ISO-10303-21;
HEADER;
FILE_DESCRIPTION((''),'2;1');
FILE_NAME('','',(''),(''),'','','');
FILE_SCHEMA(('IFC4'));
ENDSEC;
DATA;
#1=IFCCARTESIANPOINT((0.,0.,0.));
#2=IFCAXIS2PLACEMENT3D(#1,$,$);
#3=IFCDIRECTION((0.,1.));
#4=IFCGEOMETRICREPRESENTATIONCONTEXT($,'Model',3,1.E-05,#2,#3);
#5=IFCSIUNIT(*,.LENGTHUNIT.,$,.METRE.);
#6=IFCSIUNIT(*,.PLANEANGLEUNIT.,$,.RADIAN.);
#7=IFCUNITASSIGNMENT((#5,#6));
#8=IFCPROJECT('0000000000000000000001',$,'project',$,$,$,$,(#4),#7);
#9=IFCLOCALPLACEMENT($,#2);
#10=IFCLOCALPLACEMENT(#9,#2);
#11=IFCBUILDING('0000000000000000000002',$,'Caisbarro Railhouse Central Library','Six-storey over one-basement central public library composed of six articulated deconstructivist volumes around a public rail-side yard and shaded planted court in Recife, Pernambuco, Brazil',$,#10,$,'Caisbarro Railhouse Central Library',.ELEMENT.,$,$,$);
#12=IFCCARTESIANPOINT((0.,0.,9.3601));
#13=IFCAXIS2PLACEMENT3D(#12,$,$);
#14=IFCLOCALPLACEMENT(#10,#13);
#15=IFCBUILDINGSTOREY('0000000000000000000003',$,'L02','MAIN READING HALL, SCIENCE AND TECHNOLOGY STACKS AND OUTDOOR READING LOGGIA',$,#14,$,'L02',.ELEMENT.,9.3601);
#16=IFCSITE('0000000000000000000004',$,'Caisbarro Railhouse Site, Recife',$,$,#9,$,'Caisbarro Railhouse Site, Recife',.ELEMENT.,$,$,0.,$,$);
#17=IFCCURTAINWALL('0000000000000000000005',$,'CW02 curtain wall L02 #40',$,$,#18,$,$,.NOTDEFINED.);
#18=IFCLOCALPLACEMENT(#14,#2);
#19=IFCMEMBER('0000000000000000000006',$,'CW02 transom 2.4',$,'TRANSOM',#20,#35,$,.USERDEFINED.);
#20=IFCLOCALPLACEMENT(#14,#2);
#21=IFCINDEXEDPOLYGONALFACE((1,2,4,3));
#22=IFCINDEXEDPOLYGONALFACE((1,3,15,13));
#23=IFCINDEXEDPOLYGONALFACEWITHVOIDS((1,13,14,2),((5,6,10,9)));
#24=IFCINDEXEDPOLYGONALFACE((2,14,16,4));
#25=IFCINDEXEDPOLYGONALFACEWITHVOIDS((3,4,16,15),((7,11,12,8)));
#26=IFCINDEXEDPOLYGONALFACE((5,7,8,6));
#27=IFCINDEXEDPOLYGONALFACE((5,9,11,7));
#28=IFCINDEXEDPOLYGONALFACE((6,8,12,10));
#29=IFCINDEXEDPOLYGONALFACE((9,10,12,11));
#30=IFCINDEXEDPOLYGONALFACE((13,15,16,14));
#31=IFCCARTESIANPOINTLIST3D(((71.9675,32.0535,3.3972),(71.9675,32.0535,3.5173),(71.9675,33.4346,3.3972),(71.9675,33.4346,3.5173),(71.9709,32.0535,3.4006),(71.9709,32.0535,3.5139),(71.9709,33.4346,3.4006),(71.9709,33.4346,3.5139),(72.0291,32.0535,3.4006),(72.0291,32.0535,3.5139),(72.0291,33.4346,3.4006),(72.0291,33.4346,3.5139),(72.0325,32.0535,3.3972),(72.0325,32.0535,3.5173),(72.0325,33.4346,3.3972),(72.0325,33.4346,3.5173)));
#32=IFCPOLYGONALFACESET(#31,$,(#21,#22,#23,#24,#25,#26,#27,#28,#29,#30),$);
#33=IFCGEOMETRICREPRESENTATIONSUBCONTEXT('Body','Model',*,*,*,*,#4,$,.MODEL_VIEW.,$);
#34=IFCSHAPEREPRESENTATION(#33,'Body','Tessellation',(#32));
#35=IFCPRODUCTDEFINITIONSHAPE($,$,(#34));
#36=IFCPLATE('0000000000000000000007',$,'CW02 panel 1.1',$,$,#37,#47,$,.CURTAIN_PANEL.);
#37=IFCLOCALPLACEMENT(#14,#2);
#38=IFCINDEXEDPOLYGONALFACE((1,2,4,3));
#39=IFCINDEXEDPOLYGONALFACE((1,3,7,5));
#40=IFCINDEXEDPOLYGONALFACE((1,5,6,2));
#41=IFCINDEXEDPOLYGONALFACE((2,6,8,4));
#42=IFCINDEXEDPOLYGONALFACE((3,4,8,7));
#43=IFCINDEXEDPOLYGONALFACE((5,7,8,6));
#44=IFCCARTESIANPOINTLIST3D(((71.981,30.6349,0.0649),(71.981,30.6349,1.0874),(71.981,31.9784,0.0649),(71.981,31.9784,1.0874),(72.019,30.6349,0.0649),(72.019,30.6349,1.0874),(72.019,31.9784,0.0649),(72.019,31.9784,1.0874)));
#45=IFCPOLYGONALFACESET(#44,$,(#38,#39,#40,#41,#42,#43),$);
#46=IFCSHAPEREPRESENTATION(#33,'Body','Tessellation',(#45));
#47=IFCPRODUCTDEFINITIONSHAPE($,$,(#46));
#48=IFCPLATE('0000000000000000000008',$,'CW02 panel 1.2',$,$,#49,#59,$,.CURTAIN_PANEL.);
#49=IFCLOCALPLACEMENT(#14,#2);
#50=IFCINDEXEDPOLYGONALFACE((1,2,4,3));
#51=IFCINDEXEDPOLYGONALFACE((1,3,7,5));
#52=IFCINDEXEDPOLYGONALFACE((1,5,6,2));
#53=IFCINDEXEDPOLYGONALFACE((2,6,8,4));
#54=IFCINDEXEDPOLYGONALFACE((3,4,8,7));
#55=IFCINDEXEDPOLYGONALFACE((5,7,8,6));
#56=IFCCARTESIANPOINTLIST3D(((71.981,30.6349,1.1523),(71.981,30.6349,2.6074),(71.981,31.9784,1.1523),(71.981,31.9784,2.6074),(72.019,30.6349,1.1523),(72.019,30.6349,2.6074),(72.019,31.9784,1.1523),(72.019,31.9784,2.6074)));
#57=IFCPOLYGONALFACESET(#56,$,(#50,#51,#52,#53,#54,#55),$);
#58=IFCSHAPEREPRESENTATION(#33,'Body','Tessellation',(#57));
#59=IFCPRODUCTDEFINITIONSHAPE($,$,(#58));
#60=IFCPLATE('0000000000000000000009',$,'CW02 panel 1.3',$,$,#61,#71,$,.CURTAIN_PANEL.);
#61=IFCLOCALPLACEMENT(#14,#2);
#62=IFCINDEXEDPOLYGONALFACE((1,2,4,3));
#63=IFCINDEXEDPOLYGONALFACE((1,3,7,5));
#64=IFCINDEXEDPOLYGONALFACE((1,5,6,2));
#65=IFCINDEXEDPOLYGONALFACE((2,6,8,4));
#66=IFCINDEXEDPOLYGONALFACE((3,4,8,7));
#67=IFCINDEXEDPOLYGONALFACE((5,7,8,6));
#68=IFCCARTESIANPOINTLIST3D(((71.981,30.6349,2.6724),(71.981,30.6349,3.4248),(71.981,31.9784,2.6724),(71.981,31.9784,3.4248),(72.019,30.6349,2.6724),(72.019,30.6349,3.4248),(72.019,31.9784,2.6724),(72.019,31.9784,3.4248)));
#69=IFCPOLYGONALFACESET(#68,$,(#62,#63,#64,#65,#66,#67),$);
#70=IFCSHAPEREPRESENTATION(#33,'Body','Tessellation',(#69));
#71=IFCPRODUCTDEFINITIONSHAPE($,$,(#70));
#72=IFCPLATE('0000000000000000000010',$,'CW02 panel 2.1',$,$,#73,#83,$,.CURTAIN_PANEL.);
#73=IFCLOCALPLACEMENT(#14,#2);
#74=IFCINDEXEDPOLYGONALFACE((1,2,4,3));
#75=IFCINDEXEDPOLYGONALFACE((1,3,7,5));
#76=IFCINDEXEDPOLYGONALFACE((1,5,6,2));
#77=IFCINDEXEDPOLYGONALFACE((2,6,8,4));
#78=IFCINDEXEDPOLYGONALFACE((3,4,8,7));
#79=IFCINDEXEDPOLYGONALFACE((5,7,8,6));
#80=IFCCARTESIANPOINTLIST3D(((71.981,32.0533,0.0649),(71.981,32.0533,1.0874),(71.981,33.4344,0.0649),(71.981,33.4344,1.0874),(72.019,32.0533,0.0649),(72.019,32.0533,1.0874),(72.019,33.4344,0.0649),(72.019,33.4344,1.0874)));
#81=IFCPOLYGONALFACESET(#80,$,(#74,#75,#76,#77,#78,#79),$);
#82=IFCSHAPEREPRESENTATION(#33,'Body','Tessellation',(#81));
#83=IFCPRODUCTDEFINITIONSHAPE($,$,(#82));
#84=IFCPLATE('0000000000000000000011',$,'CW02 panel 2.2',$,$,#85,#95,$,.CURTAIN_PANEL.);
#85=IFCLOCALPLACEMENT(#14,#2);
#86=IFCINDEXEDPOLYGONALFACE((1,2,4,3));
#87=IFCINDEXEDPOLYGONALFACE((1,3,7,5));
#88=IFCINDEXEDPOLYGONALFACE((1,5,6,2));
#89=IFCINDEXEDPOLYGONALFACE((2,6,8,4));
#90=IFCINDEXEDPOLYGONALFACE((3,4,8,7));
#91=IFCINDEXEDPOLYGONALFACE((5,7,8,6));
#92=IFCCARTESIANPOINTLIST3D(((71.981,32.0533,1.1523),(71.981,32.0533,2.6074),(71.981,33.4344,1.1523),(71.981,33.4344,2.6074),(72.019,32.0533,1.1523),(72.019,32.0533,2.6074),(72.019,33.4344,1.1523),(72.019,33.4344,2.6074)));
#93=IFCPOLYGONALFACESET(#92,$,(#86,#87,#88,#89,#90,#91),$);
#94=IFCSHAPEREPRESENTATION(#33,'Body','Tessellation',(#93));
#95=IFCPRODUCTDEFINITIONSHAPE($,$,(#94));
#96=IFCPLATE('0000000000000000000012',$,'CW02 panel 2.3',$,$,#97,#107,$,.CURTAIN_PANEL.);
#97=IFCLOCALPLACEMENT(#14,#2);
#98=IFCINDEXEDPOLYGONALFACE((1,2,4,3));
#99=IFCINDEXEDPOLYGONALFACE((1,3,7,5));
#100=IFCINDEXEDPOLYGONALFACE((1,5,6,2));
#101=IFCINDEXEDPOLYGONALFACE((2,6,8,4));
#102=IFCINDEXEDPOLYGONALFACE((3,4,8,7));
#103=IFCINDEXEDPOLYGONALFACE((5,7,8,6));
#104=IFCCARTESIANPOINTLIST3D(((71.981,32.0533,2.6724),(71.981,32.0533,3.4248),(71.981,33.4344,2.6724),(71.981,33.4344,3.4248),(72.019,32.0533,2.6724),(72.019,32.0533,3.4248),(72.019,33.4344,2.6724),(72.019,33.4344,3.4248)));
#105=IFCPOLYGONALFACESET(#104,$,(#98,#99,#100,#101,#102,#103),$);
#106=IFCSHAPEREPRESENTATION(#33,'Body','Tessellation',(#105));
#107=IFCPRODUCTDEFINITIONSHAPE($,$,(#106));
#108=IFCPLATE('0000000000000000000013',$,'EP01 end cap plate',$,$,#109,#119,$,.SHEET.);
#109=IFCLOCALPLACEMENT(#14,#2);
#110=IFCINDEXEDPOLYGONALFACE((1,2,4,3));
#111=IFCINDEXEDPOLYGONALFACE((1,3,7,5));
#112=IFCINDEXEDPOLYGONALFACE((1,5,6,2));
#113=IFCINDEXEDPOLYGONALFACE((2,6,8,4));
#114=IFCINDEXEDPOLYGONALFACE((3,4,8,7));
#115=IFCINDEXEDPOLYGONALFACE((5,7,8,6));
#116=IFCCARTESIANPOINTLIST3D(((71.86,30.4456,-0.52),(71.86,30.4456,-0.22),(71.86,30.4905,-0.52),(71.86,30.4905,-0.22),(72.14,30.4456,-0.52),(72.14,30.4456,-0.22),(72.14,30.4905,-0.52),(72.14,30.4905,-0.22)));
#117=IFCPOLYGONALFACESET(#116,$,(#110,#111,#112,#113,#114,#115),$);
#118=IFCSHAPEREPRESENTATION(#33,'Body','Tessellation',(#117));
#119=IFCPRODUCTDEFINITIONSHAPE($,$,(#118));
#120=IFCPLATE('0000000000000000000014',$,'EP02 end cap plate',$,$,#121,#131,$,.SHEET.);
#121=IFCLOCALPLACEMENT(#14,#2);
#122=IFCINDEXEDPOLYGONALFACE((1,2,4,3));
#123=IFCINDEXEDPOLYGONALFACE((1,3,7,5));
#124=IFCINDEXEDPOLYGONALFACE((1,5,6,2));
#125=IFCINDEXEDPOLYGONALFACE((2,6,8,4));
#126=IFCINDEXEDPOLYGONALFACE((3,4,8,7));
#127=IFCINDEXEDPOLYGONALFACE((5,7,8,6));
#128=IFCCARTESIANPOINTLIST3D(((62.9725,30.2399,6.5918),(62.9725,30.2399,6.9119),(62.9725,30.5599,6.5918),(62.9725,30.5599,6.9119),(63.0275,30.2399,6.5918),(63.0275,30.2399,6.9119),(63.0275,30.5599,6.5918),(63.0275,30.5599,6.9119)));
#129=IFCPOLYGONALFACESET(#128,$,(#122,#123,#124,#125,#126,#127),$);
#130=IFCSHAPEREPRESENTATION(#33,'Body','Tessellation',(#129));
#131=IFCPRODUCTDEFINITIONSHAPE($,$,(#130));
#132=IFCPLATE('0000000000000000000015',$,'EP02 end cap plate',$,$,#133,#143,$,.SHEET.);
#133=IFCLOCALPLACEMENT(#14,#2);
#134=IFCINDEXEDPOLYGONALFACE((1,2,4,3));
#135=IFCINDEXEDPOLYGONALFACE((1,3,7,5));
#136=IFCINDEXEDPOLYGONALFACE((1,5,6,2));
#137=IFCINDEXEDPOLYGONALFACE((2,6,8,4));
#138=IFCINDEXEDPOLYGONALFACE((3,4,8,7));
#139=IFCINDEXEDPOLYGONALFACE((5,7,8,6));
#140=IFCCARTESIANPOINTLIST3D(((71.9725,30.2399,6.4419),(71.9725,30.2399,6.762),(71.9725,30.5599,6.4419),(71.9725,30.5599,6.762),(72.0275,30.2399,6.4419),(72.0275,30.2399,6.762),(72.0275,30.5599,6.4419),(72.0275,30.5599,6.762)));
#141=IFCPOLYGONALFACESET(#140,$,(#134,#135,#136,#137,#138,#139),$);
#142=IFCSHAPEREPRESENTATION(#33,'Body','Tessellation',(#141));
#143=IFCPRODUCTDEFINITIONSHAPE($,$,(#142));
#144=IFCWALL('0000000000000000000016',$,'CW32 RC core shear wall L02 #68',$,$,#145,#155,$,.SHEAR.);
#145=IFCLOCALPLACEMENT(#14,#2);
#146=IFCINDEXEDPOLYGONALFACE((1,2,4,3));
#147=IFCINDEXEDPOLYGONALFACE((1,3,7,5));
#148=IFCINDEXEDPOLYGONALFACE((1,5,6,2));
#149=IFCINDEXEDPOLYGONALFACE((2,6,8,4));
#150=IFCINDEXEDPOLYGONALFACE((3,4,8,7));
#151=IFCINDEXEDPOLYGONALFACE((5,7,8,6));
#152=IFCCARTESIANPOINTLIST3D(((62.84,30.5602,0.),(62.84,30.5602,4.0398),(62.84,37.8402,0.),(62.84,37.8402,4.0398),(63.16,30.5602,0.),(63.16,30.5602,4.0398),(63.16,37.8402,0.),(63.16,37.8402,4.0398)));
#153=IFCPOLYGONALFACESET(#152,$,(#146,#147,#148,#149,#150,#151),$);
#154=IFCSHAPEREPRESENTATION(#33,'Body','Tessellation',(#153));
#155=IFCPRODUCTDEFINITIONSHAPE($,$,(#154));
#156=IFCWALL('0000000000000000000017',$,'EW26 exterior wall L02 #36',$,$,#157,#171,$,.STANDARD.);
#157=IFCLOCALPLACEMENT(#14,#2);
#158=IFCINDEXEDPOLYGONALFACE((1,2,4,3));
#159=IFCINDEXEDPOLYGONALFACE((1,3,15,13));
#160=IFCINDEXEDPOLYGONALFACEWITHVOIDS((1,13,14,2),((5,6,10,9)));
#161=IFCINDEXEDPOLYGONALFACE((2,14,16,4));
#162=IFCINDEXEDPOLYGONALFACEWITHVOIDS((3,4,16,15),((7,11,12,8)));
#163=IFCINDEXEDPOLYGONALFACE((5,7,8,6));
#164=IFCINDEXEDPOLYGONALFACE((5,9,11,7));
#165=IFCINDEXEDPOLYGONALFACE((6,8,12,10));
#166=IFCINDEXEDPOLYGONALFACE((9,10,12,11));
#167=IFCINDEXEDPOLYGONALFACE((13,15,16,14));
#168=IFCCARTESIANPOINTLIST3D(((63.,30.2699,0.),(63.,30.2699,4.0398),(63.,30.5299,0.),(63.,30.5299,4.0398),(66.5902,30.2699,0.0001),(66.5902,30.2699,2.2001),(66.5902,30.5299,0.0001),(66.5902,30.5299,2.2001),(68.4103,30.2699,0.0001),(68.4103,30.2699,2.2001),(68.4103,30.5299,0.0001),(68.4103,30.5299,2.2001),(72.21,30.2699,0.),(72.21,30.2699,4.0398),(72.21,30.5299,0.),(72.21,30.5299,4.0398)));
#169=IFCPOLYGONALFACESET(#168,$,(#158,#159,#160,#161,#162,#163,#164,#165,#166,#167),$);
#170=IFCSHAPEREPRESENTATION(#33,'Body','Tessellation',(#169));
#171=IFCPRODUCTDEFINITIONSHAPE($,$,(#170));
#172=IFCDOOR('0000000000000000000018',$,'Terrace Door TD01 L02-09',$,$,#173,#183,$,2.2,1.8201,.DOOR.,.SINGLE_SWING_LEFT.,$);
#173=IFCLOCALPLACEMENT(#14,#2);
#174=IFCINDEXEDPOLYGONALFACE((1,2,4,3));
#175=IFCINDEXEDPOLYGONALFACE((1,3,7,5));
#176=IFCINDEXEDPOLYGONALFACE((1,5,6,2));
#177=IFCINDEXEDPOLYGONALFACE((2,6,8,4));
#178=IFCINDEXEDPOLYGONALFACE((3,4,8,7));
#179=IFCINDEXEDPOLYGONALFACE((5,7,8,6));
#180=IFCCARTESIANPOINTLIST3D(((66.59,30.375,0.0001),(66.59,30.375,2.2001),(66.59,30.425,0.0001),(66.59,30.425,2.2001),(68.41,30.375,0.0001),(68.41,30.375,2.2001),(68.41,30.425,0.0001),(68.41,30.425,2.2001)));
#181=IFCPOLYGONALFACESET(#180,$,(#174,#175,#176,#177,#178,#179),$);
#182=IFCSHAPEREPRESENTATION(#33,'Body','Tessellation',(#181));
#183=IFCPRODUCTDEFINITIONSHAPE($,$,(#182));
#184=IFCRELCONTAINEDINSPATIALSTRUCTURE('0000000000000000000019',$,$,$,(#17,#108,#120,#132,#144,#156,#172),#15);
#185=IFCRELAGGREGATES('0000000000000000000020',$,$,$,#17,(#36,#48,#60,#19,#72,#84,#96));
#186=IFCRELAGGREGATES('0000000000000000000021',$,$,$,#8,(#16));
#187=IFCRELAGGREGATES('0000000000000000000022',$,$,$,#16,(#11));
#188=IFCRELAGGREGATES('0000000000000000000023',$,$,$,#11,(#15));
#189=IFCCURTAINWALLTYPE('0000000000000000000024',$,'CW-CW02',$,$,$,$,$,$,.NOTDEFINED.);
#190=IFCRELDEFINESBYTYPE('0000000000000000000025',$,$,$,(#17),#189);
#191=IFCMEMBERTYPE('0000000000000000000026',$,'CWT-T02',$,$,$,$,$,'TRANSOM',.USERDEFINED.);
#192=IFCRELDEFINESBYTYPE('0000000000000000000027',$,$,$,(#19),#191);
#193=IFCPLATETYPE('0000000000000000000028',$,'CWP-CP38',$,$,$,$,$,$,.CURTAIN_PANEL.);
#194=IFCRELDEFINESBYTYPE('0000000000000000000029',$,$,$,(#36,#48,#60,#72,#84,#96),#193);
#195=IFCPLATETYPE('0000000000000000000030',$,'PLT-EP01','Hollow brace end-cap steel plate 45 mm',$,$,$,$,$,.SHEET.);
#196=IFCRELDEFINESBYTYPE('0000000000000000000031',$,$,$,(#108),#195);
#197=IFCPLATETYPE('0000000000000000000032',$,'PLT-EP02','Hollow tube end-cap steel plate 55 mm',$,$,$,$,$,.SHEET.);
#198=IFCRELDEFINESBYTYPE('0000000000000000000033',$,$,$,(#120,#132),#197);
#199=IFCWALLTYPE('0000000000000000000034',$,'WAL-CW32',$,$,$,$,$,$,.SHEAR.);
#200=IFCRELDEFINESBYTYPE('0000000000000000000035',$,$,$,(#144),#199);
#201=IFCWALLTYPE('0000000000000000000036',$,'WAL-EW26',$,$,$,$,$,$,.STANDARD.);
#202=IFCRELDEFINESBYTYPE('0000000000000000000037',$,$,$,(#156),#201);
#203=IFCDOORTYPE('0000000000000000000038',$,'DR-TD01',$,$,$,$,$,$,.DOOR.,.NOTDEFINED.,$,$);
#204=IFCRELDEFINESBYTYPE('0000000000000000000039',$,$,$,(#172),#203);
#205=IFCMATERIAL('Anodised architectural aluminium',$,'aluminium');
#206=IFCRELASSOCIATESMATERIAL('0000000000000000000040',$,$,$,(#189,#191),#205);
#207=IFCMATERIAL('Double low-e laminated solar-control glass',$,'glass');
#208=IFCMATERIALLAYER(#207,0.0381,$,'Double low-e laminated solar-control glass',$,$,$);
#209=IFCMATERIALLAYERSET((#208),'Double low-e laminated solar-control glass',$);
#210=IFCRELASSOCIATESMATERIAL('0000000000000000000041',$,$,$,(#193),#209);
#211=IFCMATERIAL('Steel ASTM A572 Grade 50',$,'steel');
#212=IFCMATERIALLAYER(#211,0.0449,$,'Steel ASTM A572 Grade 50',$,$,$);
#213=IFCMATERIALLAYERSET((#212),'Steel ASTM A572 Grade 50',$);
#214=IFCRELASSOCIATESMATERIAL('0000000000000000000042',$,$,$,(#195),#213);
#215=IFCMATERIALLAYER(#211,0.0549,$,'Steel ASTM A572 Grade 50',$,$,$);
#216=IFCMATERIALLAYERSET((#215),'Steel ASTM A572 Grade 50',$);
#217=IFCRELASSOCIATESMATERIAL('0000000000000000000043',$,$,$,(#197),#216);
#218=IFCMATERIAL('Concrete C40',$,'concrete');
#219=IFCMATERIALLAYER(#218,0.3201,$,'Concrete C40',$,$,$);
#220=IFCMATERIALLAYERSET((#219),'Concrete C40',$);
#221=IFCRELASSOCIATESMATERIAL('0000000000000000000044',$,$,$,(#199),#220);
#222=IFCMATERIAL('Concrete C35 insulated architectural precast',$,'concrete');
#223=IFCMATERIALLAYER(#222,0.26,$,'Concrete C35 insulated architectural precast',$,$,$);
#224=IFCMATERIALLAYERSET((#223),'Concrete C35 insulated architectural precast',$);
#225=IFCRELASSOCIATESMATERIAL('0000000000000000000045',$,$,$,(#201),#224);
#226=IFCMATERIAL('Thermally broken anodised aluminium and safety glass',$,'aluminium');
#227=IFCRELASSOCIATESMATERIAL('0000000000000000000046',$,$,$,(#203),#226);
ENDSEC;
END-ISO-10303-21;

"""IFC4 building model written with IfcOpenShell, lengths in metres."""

from ifc_helpers import new_model, si_unit, direction, frame, frame_2d, origin, origin_2d, place, context, subcontext, project, spatial, rectangle, hollow_rectangle, extrude, material, layer, layer_set, material_profile, profile_set, type_object, element, fill, aggregate, save


model = new_model("IFC4")

# Units and contexts
model_context = context("Model", 3, precision=1e-05, world=origin(), true_north=direction((0.0, 1.0)))
body_context = subcontext(model_context, "Body", "Model", "MODEL_VIEW")
ifc_project = project(units=[si_unit("LENGTHUNIT", "METRE"), si_unit("PLANEANGLEUNIT", "RADIAN")], contexts=[model_context])

# Site, building, storey
site_placement = place(None, origin())
site = spatial("IfcSite", under=ifc_project, at=site_placement, Name="Caisbarro Railhouse Site, Recife", LongName="Caisbarro Railhouse Site, Recife", CompositionType="ELEMENT", RefElevation=0.0)
building_placement = place(site_placement, origin())
building = spatial("IfcBuilding", under=site, at=building_placement, Name="Caisbarro Railhouse Central Library", Description="Six-storey over one-basement central public library composed of six articulated deconstructivist volumes around a public rail-side yard and shaded planted court in Recife, Pernambuco, Brazil", LongName="Caisbarro Railhouse Central Library", CompositionType="ELEMENT")
storey_placement = place(building_placement, frame((0.0, 0.0, 9.3601)))
storey = spatial("IfcBuildingStorey", under=building, at=storey_placement, Name="L02", Description="MAIN READING HALL, SCIENCE AND TECHNOLOGY STACKS AND OUTDOOR READING LOGGIA", LongName="L02", CompositionType="ELEMENT", Elevation=9.3601)

# Shared definitions
ifc_material_1 = material(Name="Steel ASTM A572 Grade 50", Category="steel")

# Shared definitions
ifc_material_2 = material(Name="Concrete C40", Category="concrete")

# Curtain wall, member, plates
ifc_material_3 = material(Name="Anodised architectural aluminium", Category="aluminium")
curtain_wall_type = type_object("IfcCurtainWallType", Name="CW-CW02", PredefinedType="NOTDEFINED", material=ifc_material_3)
curtain_wall_placement = place(storey_placement, origin())
curtain_wall = element("IfcCurtainWall", 1, at=curtain_wall_placement, inside=storey, type_object=curtain_wall_type, Name="CW02 curtain wall L02 #40", PredefinedType="NOTDEFINED")
ifc_material_profile_1 = material_profile(ifc_material_3, hollow_rectangle(XDim=0.0649, YDim=0.1201, WallThickness=0.0034, at=origin_2d()), Name="ALU-TRN-65X120")
ifc_profile_set_1 = profile_set([ifc_material_profile_1], Name="Anodised architectural aluminium")
member_type_1 = type_object("IfcMemberType", Name="CWT-T02", ElementType="TRANSOM", PredefinedType="USERDEFINED", material=ifc_profile_set_1)
member_1_placement = place(storey_placement, frame((72.0, 32.0535, 3.4573), z_axis=(0.0, 1.0, 0.0), x_axis=(-1.0, 0.0, 0.0)))
member_1 = element("IfcMember", 2, at=member_1_placement, type_object=member_type_1, Name="CW02 transom 2.4", ObjectType="TRANSOM", PredefinedType="USERDEFINED", context=body_context, shape_type="SweptSolid", body=[
    extrude(hollow_rectangle(XDim=0.0649, YDim=0.1201, WallThickness=0.0034, at=origin_2d()), origin(), (0.0, 0.0, 1.0), 1.3811),
])
ifc_material_4 = material(Name="Double low-e laminated solar-control glass", Category="glass")
ifc_layer_1 = layer(ifc_material_4, 0.0381, Name="Double low-e laminated solar-control glass")
ifc_layer_set_1 = layer_set([ifc_layer_1], Name="Double low-e laminated solar-control glass")
plate_type_1 = type_object("IfcPlateType", Name="CWP-CP38", PredefinedType="CURTAIN_PANEL", material=ifc_layer_set_1)
plate_1_placement = place(storey_placement, frame((72.0, 31.3066, 0.0649), z_axis=(0.0, 0.0, 1.0), x_axis=(0.0, 1.0, 0.0)))
plate_1 = element("IfcPlate", 3, at=plate_1_placement, type_object=plate_type_1, Name="CW02 panel 1.1", PredefinedType="CURTAIN_PANEL", context=body_context, shape_type="SweptSolid", body=[
    extrude(rectangle(XDim=1.3435, YDim=0.0381, at=origin_2d()), origin(), (0.0, 0.0, 1.0), 1.0225),
])
plate_2_placement = place(storey_placement, frame((72.0, 31.3066, 1.1523), z_axis=(0.0, 0.0, 1.0), x_axis=(0.0, 1.0, 0.0)))
plate_2 = element("IfcPlate", 4, at=plate_2_placement, type_object=plate_type_1, Name="CW02 panel 1.2", PredefinedType="CURTAIN_PANEL", context=body_context, shape_type="SweptSolid", body=[
    extrude(rectangle(XDim=1.3435, YDim=0.0381, at=origin_2d()), origin(), (0.0, 0.0, 1.0), 1.4551),
])
plate_3_placement = place(storey_placement, frame((72.0, 31.3066, 2.6724), z_axis=(0.0, 0.0, 1.0), x_axis=(0.0, 1.0, 0.0)))
plate_3 = element("IfcPlate", 5, at=plate_3_placement, type_object=plate_type_1, Name="CW02 panel 1.3", PredefinedType="CURTAIN_PANEL", context=body_context, shape_type="SweptSolid", body=[
    extrude(rectangle(XDim=1.3435, YDim=0.0381, at=origin_2d()), origin(), (0.0, 0.0, 1.0), 0.7524),
])
plate_4_placement = place(storey_placement, frame((72.0, 32.7439, 0.0649), z_axis=(0.0, 0.0, 1.0), x_axis=(0.0, 1.0, 0.0)))
plate_4 = element("IfcPlate", 6, at=plate_4_placement, type_object=plate_type_1, Name="CW02 panel 2.1", PredefinedType="CURTAIN_PANEL", context=body_context, shape_type="SweptSolid", body=[
    extrude(rectangle(XDim=1.3811, YDim=0.0381, at=origin_2d()), origin(), (0.0, 0.0, 1.0), 1.0225),
])
plate_5_placement = place(storey_placement, frame((72.0, 32.7439, 1.1523), z_axis=(0.0, 0.0, 1.0), x_axis=(0.0, 1.0, 0.0)))
plate_5 = element("IfcPlate", 7, at=plate_5_placement, type_object=plate_type_1, Name="CW02 panel 2.2", PredefinedType="CURTAIN_PANEL", context=body_context, shape_type="SweptSolid", body=[
    extrude(rectangle(XDim=1.3811, YDim=0.0381, at=origin_2d()), origin(), (0.0, 0.0, 1.0), 1.4551),
])
plate_6_placement = place(storey_placement, frame((72.0, 32.7439, 2.6724), z_axis=(0.0, 0.0, 1.0), x_axis=(0.0, 1.0, 0.0)))
plate_6 = element("IfcPlate", 8, at=plate_6_placement, type_object=plate_type_1, Name="CW02 panel 2.3", PredefinedType="CURTAIN_PANEL", context=body_context, shape_type="SweptSolid", body=[
    extrude(rectangle(XDim=1.3811, YDim=0.0381, at=origin_2d()), origin(), (0.0, 0.0, 1.0), 0.7524),
])
aggregate(curtain_wall, [plate_1, plate_2, plate_3, member_1, plate_4, plate_5, plate_6])

# Plates
ifc_layer_2 = layer(ifc_material_1, 0.0449, Name="Steel ASTM A572 Grade 50")
ifc_layer_set_2 = layer_set([ifc_layer_2], Name="Steel ASTM A572 Grade 50")
plate_type_2 = type_object("IfcPlateType", Name="PLT-EP01", Description="Hollow brace end-cap steel plate 45 mm", PredefinedType="SHEET", material=ifc_layer_set_2)
plate_7_placement = place(storey_placement, frame((72.0, 30.468, -0.52), z_axis=(0.0, 0.0, 1.0), x_axis=(0.0, 1.0, 0.0)))
element("IfcPlate", 9, at=plate_7_placement, inside=storey, type_object=plate_type_2, Name="EP01 end cap plate", PredefinedType="SHEET", context=body_context, shape_type="SweptSolid", body=[
    extrude(rectangle(XDim=0.0449, YDim=0.28, at=origin_2d()), origin(), (0.0, 0.0, 1.0), 0.3),
])
ifc_layer_3 = layer(ifc_material_1, 0.0549, Name="Steel ASTM A572 Grade 50")
ifc_layer_set_3 = layer_set([ifc_layer_3], Name="Steel ASTM A572 Grade 50")
plate_type_3 = type_object("IfcPlateType", Name="PLT-EP02", Description="Hollow tube end-cap steel plate 55 mm", PredefinedType="SHEET", material=ifc_layer_set_3)
for number, where, z_axis, x_axis, name in (
    (10, (63.0, 30.3999, 6.5918), (0.0, 0.0, 1.0), (1.0, 0.0, 0.0), "EP02 end cap plate"),
    (11, (72.0, 30.3999, 6.4419), (0.0, 0.0, 1.0), (1.0, 0.0, 0.0), "EP02 end cap plate"),
):
    element("IfcPlate", number, at=place(storey_placement, frame(where, z_axis=z_axis, x_axis=x_axis)), inside=storey, type_object=plate_type_3, Name=name, PredefinedType="SHEET", context=body_context, shape_type="SweptSolid", body=[
        extrude(rectangle(XDim=0.0549, YDim=0.3201, at=origin_2d()), origin(), (0.0, 0.0, 1.0), 0.3201),
    ])

# Wall
ifc_layer_4 = layer(ifc_material_2, 0.3201, Name="Concrete C40")
ifc_layer_set_4 = layer_set([ifc_layer_4], Name="Concrete C40")
wall_type_1 = type_object("IfcWallType", Name="WAL-CW32", PredefinedType="SHEAR", material=ifc_layer_set_4)
wall_1_placement = place(storey_placement, frame((63.0, 30.5601, 0.0), z_axis=(0.0, 0.0, 1.0), x_axis=(0.0, 1.0, 0.0)))
element("IfcWall", 12, at=wall_1_placement, inside=storey, type_object=wall_type_1, Name="CW32 RC core shear wall L02 #68", PredefinedType="SHEAR", context=body_context, shape_type="SweptSolid", body=[
    extrude(rectangle(XDim=7.28, YDim=0.3201, at=frame_2d((3.6401, 0.0))), origin(), (0.0, 0.0, 1.0), 4.0398),
])

# Wall, opening, door
ifc_material_5 = material(Name="Concrete C35 insulated architectural precast", Category="concrete")
ifc_layer_5 = layer(ifc_material_5, 0.26, Name="Concrete C35 insulated architectural precast")
ifc_layer_set_5 = layer_set([ifc_layer_5], Name="Concrete C35 insulated architectural precast")
wall_type_2 = type_object("IfcWallType", Name="WAL-EW26", PredefinedType="STANDARD", material=ifc_layer_set_5)
wall_2_placement = place(storey_placement, frame((63.0, 30.3999, 0.0), z_axis=(0.0, 0.0, 1.0), x_axis=(1.0, 0.0, 0.0)))
wall_2 = element("IfcWall", 13, at=wall_2_placement, inside=storey, type_object=wall_type_2, Name="EW26 exterior wall L02 #36", PredefinedType="STANDARD", context=body_context, shape_type="SweptSolid", body=[
    extrude(rectangle(XDim=9.21, YDim=0.26, at=frame_2d((4.605, 0.0))), origin(), (0.0, 0.0, 1.0), 4.0398),
])
opening_1_placement = place(wall_2_placement, frame((3.5901, 0.0, 0.0)))
opening_1 = element("IfcOpeningElement", 14, at=opening_1_placement, cuts=wall_2, PredefinedType="OPENING", context=body_context, shape_type="SweptSolid", body=[
    extrude(rectangle(XDim=1.8201, YDim=2.2, at=frame_2d((0.9102, 1.1001))), frame((0.0, 0.1401, 0.0), z_axis=(0.0, -1.0, 0.0), x_axis=(1.0, 0.0, 0.0)), (0.0, 0.0, 1.0), 0.28),
])
ifc_material_6 = material(Name="Thermally broken anodised aluminium and safety glass", Category="aluminium")
door_type_1 = type_object("IfcDoorType", Name="DR-TD01", OperationType="NOTDEFINED", PredefinedType="DOOR", material=ifc_material_6)
door_1_placement = place(opening_1_placement, frame((1.8201, 0.0, 0.0), z_axis=(0.0, 0.0, 1.0), x_axis=(-1.0, 0.0, 0.0)))
door_1 = element("IfcDoor", 15, at=door_1_placement, inside=storey, type_object=door_type_1, Name="Terrace Door TD01 L02-09", OperationType="SINGLE_SWING_LEFT", OverallHeight=2.2, OverallWidth=1.8201, PredefinedType="DOOR", context=body_context, shape_type="SweptSolid", body=[
    extrude(rectangle(XDim=1.8201, YDim=2.2, at=frame_2d((0.9102, 1.1001))), frame((0.0, 0.0249, 0.0), z_axis=(0.0, -1.0, 0.0), x_axis=(1.0, 0.0, 0.0)), (0.0, 0.0, 1.0), 0.05),
])
fill(opening_1, door_1)

save(model, "model.ifc")
